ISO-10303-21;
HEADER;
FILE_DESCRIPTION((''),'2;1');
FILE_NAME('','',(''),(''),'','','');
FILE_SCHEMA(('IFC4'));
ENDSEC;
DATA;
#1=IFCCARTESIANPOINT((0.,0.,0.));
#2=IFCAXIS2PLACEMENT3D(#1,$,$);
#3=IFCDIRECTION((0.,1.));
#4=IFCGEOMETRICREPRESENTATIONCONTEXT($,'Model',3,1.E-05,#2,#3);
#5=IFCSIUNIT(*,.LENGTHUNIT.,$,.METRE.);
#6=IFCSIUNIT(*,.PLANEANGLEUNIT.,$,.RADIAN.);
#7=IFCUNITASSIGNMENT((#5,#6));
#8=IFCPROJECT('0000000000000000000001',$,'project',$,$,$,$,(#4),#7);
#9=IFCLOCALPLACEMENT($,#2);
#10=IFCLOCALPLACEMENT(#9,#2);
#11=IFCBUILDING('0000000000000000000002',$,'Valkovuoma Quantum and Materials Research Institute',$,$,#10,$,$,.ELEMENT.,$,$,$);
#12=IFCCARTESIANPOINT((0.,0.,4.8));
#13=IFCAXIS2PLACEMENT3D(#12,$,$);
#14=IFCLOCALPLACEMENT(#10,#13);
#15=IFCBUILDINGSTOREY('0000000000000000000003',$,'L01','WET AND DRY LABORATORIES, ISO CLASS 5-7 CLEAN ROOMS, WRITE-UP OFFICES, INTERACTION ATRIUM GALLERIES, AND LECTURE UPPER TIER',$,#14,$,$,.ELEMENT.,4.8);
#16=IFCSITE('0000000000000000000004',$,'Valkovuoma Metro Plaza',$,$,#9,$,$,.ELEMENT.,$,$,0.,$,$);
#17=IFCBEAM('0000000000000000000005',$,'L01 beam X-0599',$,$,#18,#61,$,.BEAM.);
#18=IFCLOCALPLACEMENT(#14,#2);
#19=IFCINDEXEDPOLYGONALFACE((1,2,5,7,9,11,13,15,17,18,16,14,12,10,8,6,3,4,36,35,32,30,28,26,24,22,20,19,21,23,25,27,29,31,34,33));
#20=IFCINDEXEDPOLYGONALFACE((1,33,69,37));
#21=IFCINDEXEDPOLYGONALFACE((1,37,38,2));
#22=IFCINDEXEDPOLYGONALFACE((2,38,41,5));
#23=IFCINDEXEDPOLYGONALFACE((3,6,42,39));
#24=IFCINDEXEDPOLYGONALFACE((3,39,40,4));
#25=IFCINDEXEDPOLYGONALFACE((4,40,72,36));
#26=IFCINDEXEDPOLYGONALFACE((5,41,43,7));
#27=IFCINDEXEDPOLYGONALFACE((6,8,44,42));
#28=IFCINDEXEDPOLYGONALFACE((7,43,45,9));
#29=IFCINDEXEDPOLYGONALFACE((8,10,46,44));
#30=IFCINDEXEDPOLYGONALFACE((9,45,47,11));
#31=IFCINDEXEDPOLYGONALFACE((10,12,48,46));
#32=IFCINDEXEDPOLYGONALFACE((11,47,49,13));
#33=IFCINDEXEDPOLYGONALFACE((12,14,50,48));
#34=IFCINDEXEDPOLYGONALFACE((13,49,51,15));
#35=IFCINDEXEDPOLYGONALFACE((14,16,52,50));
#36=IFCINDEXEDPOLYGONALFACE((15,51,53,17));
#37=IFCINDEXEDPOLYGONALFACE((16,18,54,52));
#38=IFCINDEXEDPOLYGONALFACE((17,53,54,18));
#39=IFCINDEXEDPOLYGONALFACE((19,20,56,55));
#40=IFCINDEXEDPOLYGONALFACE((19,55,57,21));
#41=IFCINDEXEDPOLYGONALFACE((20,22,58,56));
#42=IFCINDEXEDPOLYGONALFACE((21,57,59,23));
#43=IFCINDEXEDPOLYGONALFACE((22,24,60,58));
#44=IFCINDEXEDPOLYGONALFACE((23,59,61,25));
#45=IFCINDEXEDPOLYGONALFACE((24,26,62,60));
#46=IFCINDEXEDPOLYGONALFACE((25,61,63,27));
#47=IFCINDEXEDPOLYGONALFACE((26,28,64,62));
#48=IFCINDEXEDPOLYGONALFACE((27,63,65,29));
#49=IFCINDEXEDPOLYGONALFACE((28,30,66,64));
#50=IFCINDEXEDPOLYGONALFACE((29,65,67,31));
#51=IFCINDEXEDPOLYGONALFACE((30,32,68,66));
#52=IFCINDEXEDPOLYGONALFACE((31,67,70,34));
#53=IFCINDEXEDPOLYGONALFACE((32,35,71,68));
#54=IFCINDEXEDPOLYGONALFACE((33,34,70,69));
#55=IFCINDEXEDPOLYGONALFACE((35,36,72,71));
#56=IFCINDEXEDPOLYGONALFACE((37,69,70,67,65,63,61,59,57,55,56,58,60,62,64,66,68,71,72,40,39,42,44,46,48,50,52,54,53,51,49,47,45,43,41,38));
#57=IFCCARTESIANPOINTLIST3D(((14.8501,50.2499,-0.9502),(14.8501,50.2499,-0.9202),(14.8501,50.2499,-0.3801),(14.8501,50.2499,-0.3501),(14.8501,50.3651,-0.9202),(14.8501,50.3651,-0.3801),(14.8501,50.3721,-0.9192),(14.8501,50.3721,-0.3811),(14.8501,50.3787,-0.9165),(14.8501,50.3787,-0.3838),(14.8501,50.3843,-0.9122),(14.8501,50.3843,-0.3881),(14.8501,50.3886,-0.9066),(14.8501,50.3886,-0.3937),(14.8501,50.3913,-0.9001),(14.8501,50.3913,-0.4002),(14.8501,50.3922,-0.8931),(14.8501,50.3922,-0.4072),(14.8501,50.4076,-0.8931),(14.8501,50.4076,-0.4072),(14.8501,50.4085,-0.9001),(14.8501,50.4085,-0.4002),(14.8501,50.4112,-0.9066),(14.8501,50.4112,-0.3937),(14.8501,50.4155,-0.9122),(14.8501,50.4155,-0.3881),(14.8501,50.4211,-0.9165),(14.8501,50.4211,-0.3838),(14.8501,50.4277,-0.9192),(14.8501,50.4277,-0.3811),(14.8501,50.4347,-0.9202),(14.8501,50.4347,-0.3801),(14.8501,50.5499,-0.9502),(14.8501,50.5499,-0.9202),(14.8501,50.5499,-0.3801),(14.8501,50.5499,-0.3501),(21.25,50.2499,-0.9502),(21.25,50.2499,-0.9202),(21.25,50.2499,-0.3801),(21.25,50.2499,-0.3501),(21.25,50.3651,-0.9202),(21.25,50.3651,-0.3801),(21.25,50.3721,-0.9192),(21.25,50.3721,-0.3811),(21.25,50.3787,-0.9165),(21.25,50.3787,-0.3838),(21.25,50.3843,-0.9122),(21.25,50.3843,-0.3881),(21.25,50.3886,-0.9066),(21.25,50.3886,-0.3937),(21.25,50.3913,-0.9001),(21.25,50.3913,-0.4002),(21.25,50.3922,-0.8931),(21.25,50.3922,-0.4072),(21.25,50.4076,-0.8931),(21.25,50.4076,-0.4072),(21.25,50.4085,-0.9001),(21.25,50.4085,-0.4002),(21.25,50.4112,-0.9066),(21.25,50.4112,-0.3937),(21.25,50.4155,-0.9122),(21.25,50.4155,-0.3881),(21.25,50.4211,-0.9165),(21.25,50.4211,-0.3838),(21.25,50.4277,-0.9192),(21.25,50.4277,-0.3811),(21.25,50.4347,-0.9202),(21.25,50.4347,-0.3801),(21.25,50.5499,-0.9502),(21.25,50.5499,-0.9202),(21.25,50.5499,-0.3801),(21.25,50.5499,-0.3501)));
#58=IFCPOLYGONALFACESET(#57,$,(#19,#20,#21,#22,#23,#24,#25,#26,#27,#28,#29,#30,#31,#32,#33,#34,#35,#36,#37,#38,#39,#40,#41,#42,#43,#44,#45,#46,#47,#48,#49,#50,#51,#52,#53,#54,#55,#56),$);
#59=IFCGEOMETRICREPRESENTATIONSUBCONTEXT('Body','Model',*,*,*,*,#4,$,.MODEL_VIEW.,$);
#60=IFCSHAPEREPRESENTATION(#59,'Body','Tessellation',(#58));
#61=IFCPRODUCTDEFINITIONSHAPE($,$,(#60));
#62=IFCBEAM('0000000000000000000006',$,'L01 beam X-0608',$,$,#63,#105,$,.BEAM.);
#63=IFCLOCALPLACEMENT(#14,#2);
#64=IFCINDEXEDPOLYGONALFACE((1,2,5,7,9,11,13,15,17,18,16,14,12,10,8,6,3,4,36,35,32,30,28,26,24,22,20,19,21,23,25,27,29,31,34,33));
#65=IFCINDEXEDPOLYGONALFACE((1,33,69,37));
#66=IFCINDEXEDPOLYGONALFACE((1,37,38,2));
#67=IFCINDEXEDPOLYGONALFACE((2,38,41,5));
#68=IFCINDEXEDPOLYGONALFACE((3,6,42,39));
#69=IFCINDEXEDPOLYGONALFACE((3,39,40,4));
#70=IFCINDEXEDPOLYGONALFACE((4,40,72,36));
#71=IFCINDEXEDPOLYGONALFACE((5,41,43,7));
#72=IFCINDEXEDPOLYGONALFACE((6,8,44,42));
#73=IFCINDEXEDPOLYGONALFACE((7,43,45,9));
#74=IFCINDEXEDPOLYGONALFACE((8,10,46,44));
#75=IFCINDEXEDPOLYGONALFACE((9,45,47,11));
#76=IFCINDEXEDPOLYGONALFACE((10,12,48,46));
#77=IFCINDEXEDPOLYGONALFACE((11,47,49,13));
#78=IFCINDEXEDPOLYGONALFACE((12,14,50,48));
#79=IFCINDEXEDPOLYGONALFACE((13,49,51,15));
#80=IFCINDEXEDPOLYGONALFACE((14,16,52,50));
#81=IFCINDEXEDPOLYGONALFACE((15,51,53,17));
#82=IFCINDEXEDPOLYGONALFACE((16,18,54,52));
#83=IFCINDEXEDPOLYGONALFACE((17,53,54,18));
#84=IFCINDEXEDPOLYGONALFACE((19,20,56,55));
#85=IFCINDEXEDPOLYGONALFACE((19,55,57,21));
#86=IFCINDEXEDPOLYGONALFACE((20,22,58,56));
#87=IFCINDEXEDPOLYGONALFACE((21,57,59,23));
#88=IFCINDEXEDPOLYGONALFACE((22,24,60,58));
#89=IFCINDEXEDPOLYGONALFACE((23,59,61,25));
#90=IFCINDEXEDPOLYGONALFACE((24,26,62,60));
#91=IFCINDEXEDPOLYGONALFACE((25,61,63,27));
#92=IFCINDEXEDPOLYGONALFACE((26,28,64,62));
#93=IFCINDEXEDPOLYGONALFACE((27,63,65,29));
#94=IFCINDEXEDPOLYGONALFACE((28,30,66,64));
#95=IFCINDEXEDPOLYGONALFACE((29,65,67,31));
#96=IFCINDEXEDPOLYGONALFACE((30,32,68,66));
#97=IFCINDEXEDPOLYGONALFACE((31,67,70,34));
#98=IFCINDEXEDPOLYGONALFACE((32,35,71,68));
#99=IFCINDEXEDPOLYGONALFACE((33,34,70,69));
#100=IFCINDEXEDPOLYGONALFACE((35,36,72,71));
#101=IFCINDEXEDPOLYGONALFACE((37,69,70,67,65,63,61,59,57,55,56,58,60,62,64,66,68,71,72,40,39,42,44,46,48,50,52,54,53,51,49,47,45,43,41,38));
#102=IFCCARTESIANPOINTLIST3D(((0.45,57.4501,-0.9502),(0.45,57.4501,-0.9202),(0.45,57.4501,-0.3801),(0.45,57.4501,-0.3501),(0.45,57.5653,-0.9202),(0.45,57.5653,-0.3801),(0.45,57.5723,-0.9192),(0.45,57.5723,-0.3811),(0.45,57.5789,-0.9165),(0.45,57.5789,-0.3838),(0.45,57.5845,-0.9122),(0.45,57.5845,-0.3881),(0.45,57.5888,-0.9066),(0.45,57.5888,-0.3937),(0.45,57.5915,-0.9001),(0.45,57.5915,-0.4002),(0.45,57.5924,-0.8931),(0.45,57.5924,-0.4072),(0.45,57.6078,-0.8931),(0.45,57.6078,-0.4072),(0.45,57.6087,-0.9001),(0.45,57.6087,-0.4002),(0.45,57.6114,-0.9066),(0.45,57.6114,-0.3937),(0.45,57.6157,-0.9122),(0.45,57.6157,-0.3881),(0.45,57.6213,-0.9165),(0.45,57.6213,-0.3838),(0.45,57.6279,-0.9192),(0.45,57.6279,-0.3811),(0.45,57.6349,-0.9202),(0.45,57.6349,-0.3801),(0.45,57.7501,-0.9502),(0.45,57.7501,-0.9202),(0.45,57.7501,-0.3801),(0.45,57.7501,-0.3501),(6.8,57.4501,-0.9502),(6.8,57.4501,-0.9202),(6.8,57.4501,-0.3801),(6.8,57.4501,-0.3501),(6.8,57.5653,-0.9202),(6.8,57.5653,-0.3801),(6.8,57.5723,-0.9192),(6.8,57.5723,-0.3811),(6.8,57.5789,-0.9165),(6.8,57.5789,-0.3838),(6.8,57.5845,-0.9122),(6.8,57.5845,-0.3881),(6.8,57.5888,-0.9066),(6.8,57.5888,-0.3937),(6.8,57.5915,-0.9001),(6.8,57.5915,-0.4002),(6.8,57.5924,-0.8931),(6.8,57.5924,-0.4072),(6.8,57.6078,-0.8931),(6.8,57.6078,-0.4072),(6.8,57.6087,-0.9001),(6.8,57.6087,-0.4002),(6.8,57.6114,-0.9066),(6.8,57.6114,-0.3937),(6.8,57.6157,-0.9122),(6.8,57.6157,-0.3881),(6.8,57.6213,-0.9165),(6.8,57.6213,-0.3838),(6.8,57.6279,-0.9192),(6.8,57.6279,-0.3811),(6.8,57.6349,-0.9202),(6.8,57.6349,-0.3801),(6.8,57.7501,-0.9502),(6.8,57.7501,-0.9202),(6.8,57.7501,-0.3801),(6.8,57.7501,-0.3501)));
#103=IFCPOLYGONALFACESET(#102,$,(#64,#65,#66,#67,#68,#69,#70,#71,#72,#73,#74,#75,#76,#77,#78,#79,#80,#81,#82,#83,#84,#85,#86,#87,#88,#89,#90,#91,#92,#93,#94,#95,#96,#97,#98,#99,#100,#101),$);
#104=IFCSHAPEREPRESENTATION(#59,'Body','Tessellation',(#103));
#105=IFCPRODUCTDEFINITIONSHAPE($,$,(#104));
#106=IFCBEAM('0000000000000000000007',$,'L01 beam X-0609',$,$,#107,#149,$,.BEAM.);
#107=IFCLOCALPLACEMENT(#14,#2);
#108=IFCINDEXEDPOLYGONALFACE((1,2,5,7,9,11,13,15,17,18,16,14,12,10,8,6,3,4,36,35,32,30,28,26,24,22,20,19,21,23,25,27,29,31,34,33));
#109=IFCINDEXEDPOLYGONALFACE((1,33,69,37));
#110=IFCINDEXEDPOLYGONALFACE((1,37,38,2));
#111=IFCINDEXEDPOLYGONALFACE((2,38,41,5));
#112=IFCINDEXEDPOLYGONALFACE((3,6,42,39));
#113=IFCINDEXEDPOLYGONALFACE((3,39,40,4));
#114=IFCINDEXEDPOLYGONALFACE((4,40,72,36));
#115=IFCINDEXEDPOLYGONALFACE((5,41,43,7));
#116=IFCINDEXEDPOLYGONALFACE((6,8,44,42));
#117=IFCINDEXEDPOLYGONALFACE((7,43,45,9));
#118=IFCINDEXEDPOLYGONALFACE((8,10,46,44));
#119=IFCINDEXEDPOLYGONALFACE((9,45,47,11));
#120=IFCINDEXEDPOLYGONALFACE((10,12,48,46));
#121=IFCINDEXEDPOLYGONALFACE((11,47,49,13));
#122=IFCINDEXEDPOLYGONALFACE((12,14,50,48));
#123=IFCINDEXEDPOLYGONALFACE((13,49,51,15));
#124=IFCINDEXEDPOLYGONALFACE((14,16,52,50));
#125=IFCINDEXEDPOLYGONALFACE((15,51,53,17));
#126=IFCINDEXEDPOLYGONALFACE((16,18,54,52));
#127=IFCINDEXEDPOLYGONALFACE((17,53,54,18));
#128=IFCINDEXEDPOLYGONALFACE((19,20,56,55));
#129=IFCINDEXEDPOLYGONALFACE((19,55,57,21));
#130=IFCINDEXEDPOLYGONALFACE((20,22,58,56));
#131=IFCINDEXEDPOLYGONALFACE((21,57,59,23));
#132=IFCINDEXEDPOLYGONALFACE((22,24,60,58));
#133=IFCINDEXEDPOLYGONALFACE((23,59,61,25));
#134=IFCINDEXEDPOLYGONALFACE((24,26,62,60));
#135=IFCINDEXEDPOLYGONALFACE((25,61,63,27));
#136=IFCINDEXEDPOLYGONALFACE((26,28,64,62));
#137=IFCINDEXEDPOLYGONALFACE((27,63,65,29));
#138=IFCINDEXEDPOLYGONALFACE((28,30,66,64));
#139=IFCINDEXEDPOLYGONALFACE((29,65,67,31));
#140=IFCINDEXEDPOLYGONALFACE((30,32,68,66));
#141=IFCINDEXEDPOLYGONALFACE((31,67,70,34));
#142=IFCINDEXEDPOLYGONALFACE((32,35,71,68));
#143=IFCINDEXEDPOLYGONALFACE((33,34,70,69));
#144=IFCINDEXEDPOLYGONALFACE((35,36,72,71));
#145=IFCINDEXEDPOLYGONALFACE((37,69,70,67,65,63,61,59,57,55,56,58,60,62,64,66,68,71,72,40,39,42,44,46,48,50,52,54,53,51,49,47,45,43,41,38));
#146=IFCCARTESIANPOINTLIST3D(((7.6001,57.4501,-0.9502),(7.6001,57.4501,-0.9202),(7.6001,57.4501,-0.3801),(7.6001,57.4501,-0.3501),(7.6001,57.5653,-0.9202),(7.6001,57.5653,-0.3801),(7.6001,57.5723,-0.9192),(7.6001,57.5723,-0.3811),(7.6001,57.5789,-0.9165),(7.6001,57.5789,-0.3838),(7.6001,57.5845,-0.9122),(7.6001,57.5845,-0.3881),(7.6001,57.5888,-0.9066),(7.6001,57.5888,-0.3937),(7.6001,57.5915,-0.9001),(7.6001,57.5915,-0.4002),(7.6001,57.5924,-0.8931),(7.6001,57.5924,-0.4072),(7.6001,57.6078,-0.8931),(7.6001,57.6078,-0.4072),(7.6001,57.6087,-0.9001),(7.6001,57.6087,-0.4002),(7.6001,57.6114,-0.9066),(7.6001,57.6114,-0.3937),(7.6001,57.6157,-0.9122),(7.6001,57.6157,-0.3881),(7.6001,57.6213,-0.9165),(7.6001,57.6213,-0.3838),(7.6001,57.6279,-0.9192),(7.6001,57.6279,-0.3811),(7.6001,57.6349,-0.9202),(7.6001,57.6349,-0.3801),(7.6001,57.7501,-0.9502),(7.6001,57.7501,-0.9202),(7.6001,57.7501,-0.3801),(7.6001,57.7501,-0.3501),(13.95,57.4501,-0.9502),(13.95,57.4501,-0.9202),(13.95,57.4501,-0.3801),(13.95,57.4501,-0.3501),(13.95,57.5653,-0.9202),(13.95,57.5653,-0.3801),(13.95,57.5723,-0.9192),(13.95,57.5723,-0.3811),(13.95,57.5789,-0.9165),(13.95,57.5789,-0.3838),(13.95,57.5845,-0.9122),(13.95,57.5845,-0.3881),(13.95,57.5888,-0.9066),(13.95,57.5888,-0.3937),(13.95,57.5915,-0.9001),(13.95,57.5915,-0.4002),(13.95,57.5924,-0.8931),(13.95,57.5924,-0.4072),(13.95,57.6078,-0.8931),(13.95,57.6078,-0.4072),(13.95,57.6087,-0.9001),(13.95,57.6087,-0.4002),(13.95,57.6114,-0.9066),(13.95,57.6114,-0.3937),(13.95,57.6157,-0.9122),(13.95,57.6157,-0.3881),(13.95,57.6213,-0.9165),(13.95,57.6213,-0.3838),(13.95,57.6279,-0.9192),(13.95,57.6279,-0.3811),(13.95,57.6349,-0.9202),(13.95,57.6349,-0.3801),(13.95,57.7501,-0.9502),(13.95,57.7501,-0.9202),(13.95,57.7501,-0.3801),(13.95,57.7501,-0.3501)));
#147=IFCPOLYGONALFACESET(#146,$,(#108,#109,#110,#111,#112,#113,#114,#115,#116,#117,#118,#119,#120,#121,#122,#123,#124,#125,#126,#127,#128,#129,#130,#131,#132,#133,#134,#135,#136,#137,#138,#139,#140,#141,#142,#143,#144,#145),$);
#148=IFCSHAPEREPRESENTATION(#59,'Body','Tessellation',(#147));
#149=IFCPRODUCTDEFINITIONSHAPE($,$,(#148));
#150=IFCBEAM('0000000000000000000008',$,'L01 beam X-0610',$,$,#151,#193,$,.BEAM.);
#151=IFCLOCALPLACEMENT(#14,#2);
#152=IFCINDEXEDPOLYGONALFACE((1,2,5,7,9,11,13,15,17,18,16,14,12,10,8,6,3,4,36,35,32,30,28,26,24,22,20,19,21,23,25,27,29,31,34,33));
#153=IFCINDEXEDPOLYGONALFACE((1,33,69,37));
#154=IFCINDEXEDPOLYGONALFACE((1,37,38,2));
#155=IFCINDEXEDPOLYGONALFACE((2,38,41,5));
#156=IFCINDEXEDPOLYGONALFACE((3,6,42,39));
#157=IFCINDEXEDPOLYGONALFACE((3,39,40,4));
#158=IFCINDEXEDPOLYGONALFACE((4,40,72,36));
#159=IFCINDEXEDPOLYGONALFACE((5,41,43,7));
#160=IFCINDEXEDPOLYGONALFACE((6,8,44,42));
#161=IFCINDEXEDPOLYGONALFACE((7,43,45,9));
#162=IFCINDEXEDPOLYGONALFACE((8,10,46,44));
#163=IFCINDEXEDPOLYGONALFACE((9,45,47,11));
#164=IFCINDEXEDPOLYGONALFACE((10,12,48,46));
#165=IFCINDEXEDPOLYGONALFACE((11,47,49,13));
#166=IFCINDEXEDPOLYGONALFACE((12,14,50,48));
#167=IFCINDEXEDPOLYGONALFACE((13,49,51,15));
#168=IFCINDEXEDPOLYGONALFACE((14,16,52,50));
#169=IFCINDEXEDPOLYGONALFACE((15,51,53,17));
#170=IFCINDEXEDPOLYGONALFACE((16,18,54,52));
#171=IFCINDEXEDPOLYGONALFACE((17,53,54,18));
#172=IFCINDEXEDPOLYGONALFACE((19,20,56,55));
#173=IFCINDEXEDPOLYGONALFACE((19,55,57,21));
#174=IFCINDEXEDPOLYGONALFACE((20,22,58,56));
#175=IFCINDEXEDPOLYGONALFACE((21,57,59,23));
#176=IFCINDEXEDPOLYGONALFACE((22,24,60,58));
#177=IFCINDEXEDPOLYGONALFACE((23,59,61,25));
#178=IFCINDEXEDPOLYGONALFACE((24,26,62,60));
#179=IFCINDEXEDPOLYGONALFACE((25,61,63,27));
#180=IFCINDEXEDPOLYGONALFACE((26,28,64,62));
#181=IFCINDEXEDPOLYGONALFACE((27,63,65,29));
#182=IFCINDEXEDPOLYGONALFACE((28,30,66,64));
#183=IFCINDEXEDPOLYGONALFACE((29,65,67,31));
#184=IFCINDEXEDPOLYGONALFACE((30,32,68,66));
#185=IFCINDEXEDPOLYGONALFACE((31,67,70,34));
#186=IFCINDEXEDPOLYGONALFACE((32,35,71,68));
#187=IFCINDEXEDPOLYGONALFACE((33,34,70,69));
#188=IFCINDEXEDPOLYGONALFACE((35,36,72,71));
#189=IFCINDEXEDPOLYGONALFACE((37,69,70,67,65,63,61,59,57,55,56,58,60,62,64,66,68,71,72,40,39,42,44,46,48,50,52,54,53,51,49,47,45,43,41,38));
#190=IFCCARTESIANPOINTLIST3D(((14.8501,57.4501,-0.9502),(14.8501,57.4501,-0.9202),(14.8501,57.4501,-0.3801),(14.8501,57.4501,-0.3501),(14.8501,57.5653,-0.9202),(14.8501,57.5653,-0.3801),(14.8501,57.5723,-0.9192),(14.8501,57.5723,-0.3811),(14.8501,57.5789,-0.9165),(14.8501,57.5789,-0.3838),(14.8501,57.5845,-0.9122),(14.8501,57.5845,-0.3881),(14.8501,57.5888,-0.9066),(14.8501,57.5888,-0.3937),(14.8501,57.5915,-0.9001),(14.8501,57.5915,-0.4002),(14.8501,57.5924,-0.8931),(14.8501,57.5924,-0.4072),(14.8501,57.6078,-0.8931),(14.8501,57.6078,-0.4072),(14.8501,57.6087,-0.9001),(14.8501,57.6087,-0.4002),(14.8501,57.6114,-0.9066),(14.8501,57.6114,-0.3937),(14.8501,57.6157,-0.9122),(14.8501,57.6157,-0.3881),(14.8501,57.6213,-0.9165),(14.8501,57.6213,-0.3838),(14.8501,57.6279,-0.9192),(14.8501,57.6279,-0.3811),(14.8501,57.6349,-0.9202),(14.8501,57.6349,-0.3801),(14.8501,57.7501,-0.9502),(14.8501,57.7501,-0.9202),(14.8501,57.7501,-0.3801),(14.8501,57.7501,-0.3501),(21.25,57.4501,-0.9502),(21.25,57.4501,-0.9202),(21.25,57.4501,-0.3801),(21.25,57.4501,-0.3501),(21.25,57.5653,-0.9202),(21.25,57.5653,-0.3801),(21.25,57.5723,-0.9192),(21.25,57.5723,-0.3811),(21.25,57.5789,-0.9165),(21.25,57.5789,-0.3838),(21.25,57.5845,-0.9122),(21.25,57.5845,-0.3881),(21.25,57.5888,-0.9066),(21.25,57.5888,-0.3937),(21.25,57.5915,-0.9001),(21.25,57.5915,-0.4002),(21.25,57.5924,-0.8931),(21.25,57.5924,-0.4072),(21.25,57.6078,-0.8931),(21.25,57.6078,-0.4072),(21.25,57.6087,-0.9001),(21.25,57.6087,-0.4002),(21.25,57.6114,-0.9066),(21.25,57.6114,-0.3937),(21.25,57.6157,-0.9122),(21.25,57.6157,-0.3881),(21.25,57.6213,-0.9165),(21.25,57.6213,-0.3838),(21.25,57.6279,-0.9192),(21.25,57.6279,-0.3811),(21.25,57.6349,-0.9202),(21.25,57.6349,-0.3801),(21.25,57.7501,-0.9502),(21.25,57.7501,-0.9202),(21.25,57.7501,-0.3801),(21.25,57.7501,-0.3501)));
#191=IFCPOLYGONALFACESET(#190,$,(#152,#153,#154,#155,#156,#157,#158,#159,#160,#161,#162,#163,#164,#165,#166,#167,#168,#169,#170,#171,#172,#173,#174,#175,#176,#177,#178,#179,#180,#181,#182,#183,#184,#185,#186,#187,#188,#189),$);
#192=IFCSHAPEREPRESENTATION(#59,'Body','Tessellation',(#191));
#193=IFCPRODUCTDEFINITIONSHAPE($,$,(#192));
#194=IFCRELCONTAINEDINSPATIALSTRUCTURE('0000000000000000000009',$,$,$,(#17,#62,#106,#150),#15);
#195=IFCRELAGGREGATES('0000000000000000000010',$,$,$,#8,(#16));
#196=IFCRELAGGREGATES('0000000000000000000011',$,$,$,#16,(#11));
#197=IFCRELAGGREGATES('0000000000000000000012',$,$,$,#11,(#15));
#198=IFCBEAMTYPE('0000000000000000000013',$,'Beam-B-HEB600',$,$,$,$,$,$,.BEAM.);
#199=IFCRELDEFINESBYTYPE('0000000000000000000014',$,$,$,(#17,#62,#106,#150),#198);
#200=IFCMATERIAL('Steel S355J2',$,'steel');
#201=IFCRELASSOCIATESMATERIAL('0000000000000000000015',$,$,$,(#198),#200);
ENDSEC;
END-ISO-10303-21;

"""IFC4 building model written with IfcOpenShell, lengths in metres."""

from ifc_helpers import new_model, si_unit, direction, frame, origin, origin_2d, place, context, subcontext, project, spatial, i_section, extrude, material, material_profile, profile_set, type_object, element, save


model = new_model("IFC4")

# Units and contexts
model_context = context("Model", 3, precision=1e-05, world=origin(), true_north=direction((0.0, 1.0)))
body_context = subcontext(model_context, "Body", "Model", "MODEL_VIEW")
ifc_project = project(units=[si_unit("LENGTHUNIT", "METRE"), si_unit("PLANEANGLEUNIT", "RADIAN")], contexts=[model_context])

# Site, building, storey
site_placement = place(None, origin())
site = spatial("IfcSite", under=ifc_project, at=site_placement, Name="Valkovuoma Metro Plaza", CompositionType="ELEMENT", RefElevation=0.0)
building_placement = place(site_placement, origin())
building = spatial("IfcBuilding", under=site, at=building_placement, Name="Valkovuoma Quantum and Materials Research Institute", CompositionType="ELEMENT")
storey_placement = place(building_placement, frame((0.0, 0.0, 4.8)))
storey = spatial("IfcBuildingStorey", under=building, at=storey_placement, Name="L01", Description="WET AND DRY LABORATORIES, ISO CLASS 5-7 CLEAN ROOMS, WRITE-UP OFFICES, INTERACTION ATRIUM GALLERIES, AND LECTURE UPPER TIER", CompositionType="ELEMENT", Elevation=4.8)

# Beams
ifc_material_1 = material(Name="Steel S355J2", Category="steel")
ifc_material_profile_1 = material_profile(ifc_material_1, i_section(OverallWidth=0.3, OverallDepth=0.6001, WebThickness=0.0154, FlangeThickness=0.03, FilletRadius=0.0271, at=origin_2d()), Name="Steel S355J2")
ifc_profile_set_1 = profile_set([ifc_material_profile_1], Name="Steel S355J2")
beam_type_1 = type_object("IfcBeamType", Name="Beam-B-HEB600", PredefinedType="BEAM", material=ifc_profile_set_1)
beam_1_placement = place(storey_placement, frame((14.8501, 50.3999, -0.6501), z_axis=(1.0, 0.0, 0.0), x_axis=(0.0, 1.0, 0.0)))
element("IfcBeam", 1, at=beam_1_placement, inside=storey, type_object=beam_type_1, Name="L01 beam X-0599", PredefinedType="BEAM", context=body_context, shape_type="SweptSolid", body=[
    extrude(i_section(OverallWidth=0.3, OverallDepth=0.6001, WebThickness=0.0154, FlangeThickness=0.03, FilletRadius=0.0271, at=origin_2d()), origin(), (0.0, 0.0, 1.0), 6.3999),
])
beam_2_placement = place(storey_placement, frame((0.45, 57.6001, -0.6501), z_axis=(1.0, 0.0, 0.0), x_axis=(0.0, 1.0, 0.0)))
element("IfcBeam", 2, at=beam_2_placement, inside=storey, type_object=beam_type_1, Name="L01 beam X-0608", PredefinedType="BEAM", context=body_context, shape_type="SweptSolid", body=[
    extrude(i_section(OverallWidth=0.3, OverallDepth=0.6001, WebThickness=0.0154, FlangeThickness=0.03, FilletRadius=0.0271, at=origin_2d()), origin(), (0.0, 0.0, 1.0), 6.3501),
])
beam_3_placement = place(storey_placement, frame((7.6001, 57.6001, -0.6501), z_axis=(1.0, 0.0, 0.0), x_axis=(0.0, 1.0, 0.0)))
element("IfcBeam", 3, at=beam_3_placement, inside=storey, type_object=beam_type_1, Name="L01 beam X-0609", PredefinedType="BEAM", context=body_context, shape_type="SweptSolid", body=[
    extrude(i_section(OverallWidth=0.3, OverallDepth=0.6001, WebThickness=0.0154, FlangeThickness=0.03, FilletRadius=0.0271, at=origin_2d()), origin(), (0.0, 0.0, 1.0), 6.3499),
])
beam_4_placement = place(storey_placement, frame((14.8501, 57.6001, -0.6501), z_axis=(1.0, 0.0, 0.0), x_axis=(0.0, 1.0, 0.0)))
element("IfcBeam", 4, at=beam_4_placement, inside=storey, type_object=beam_type_1, Name="L01 beam X-0610", PredefinedType="BEAM", context=body_context, shape_type="SweptSolid", body=[
    extrude(i_section(OverallWidth=0.3, OverallDepth=0.6001, WebThickness=0.0154, FlangeThickness=0.03, FilletRadius=0.0271, at=origin_2d()), origin(), (0.0, 0.0, 1.0), 6.3999),
])

save(model, "model.ifc")
